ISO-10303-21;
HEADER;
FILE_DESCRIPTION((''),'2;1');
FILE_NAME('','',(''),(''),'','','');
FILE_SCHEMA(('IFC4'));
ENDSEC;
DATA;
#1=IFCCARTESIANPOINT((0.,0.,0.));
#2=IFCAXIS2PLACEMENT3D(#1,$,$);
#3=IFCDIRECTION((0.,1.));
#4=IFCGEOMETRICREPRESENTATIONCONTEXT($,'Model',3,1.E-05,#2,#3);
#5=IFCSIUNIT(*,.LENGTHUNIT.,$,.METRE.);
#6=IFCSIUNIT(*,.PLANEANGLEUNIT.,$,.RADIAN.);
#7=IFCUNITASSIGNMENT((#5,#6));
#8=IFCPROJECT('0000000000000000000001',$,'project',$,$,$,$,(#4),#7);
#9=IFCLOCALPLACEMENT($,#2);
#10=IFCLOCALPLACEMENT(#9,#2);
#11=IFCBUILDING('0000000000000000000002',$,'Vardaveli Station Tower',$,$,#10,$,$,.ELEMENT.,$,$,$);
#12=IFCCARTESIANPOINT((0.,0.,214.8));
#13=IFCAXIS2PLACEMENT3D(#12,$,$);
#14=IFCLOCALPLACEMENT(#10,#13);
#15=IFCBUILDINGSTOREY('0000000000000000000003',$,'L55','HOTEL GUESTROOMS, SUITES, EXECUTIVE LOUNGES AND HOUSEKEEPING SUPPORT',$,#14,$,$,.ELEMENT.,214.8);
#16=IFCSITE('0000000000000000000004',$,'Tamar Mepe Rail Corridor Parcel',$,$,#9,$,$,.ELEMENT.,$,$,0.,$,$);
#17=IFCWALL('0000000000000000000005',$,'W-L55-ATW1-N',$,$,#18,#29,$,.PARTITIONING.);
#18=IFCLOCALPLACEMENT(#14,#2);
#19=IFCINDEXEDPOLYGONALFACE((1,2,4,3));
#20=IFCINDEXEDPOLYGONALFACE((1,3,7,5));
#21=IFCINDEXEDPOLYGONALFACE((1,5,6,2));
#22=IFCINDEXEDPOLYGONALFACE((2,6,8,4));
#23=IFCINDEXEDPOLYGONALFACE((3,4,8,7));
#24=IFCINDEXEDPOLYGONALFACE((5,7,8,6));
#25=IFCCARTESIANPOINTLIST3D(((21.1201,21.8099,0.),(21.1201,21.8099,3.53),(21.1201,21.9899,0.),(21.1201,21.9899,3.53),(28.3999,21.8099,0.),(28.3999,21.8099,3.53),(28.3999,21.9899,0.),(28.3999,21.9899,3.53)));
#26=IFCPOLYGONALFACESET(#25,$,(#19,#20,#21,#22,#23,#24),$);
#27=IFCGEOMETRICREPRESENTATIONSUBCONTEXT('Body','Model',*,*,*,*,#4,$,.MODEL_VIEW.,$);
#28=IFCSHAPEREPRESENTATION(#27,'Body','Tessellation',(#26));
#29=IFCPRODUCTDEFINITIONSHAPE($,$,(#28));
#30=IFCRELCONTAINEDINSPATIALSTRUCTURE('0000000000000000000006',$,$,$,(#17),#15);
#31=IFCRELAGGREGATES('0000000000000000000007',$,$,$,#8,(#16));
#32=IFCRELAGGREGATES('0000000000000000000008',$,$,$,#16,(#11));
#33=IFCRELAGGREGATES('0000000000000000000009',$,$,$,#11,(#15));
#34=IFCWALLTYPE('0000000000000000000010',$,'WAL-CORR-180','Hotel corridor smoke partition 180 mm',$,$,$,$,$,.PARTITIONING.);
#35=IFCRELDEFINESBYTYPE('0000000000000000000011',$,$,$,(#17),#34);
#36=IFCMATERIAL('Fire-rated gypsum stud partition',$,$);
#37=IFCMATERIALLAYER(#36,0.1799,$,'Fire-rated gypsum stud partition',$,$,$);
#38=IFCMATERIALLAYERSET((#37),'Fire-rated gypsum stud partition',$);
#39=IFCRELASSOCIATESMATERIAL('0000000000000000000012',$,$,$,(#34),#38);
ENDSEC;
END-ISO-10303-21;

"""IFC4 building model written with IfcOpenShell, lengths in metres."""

from ifc_helpers import new_model, si_unit, direction, frame, frame_2d, origin, place, context, subcontext, project, spatial, rectangle, extrude, source, transform, mapped, material, layer, layer_set, type_object, element, save


model = new_model("IFC4")

# Units and contexts
model_context = context("Model", 3, precision=1e-05, world=origin(), true_north=direction((0.0, 1.0)))
body_context = subcontext(model_context, "Body", "Model", "MODEL_VIEW")
ifc_project = project(units=[si_unit("LENGTHUNIT", "METRE"), si_unit("PLANEANGLEUNIT", "RADIAN")], contexts=[model_context])

# Site, building, storey
site_placement = place(None, origin())
site = spatial("IfcSite", under=ifc_project, at=site_placement, Name="Tamar Mepe Rail Corridor Parcel", CompositionType="ELEMENT", RefElevation=0.0)
building_placement = place(site_placement, origin())
building = spatial("IfcBuilding", under=site, at=building_placement, Name="Vardaveli Station Tower", CompositionType="ELEMENT")
storey_placement = place(building_placement, frame((0.0, 0.0, 214.8)))
storey = spatial("IfcBuildingStorey", under=building, at=storey_placement, Name="L55", Description="HOTEL GUESTROOMS, SUITES, EXECUTIVE LOUNGES AND HOUSEKEEPING SUPPORT", CompositionType="ELEMENT", Elevation=214.8)

# Shared definitions
ifc_material_1 = material(Name="Fire-rated gypsum stud partition")
ifc_layer_1 = layer(ifc_material_1, 0.1799, Name="Fire-rated gypsum stud partition")
ifc_layer_set_1 = layer_set([ifc_layer_1], Name="Fire-rated gypsum stud partition")
wall_type_1 = type_object("IfcWallType", Name="WAL-CORR-180", Description="Hotel corridor smoke partition 180 mm", PredefinedType="PARTITIONING", material=ifc_layer_set_1)

# Wall
shared_shape_1 = source(origin(), body_context, "Body", "SweptSolid", [
    extrude(rectangle(XDim=7.2798, YDim=0.1799, at=frame_2d((3.6399, 0.0))), origin(), (0.0, 0.0, 1.0), 3.53),
])
for number, where, z_axis, x_axis, name in (
    (1, (21.1201, 21.8999, 0.0), (0.0, 0.0, 1.0), (1.0, 0.0, 0.0), "W-L55-ATW1-N"),
):
    element("IfcWall", number, at=place(storey_placement, frame(where, z_axis=z_axis, x_axis=x_axis)), inside=storey, type_object=wall_type_1, Name=name, PredefinedType="PARTITIONING", context=body_context, shape_type="MappedRepresentation", body=[
        mapped(shared_shape_1, transform((0.0, 0.0, 0.0), scale=1.0)),
    ])

save(model, "model.ifc")
